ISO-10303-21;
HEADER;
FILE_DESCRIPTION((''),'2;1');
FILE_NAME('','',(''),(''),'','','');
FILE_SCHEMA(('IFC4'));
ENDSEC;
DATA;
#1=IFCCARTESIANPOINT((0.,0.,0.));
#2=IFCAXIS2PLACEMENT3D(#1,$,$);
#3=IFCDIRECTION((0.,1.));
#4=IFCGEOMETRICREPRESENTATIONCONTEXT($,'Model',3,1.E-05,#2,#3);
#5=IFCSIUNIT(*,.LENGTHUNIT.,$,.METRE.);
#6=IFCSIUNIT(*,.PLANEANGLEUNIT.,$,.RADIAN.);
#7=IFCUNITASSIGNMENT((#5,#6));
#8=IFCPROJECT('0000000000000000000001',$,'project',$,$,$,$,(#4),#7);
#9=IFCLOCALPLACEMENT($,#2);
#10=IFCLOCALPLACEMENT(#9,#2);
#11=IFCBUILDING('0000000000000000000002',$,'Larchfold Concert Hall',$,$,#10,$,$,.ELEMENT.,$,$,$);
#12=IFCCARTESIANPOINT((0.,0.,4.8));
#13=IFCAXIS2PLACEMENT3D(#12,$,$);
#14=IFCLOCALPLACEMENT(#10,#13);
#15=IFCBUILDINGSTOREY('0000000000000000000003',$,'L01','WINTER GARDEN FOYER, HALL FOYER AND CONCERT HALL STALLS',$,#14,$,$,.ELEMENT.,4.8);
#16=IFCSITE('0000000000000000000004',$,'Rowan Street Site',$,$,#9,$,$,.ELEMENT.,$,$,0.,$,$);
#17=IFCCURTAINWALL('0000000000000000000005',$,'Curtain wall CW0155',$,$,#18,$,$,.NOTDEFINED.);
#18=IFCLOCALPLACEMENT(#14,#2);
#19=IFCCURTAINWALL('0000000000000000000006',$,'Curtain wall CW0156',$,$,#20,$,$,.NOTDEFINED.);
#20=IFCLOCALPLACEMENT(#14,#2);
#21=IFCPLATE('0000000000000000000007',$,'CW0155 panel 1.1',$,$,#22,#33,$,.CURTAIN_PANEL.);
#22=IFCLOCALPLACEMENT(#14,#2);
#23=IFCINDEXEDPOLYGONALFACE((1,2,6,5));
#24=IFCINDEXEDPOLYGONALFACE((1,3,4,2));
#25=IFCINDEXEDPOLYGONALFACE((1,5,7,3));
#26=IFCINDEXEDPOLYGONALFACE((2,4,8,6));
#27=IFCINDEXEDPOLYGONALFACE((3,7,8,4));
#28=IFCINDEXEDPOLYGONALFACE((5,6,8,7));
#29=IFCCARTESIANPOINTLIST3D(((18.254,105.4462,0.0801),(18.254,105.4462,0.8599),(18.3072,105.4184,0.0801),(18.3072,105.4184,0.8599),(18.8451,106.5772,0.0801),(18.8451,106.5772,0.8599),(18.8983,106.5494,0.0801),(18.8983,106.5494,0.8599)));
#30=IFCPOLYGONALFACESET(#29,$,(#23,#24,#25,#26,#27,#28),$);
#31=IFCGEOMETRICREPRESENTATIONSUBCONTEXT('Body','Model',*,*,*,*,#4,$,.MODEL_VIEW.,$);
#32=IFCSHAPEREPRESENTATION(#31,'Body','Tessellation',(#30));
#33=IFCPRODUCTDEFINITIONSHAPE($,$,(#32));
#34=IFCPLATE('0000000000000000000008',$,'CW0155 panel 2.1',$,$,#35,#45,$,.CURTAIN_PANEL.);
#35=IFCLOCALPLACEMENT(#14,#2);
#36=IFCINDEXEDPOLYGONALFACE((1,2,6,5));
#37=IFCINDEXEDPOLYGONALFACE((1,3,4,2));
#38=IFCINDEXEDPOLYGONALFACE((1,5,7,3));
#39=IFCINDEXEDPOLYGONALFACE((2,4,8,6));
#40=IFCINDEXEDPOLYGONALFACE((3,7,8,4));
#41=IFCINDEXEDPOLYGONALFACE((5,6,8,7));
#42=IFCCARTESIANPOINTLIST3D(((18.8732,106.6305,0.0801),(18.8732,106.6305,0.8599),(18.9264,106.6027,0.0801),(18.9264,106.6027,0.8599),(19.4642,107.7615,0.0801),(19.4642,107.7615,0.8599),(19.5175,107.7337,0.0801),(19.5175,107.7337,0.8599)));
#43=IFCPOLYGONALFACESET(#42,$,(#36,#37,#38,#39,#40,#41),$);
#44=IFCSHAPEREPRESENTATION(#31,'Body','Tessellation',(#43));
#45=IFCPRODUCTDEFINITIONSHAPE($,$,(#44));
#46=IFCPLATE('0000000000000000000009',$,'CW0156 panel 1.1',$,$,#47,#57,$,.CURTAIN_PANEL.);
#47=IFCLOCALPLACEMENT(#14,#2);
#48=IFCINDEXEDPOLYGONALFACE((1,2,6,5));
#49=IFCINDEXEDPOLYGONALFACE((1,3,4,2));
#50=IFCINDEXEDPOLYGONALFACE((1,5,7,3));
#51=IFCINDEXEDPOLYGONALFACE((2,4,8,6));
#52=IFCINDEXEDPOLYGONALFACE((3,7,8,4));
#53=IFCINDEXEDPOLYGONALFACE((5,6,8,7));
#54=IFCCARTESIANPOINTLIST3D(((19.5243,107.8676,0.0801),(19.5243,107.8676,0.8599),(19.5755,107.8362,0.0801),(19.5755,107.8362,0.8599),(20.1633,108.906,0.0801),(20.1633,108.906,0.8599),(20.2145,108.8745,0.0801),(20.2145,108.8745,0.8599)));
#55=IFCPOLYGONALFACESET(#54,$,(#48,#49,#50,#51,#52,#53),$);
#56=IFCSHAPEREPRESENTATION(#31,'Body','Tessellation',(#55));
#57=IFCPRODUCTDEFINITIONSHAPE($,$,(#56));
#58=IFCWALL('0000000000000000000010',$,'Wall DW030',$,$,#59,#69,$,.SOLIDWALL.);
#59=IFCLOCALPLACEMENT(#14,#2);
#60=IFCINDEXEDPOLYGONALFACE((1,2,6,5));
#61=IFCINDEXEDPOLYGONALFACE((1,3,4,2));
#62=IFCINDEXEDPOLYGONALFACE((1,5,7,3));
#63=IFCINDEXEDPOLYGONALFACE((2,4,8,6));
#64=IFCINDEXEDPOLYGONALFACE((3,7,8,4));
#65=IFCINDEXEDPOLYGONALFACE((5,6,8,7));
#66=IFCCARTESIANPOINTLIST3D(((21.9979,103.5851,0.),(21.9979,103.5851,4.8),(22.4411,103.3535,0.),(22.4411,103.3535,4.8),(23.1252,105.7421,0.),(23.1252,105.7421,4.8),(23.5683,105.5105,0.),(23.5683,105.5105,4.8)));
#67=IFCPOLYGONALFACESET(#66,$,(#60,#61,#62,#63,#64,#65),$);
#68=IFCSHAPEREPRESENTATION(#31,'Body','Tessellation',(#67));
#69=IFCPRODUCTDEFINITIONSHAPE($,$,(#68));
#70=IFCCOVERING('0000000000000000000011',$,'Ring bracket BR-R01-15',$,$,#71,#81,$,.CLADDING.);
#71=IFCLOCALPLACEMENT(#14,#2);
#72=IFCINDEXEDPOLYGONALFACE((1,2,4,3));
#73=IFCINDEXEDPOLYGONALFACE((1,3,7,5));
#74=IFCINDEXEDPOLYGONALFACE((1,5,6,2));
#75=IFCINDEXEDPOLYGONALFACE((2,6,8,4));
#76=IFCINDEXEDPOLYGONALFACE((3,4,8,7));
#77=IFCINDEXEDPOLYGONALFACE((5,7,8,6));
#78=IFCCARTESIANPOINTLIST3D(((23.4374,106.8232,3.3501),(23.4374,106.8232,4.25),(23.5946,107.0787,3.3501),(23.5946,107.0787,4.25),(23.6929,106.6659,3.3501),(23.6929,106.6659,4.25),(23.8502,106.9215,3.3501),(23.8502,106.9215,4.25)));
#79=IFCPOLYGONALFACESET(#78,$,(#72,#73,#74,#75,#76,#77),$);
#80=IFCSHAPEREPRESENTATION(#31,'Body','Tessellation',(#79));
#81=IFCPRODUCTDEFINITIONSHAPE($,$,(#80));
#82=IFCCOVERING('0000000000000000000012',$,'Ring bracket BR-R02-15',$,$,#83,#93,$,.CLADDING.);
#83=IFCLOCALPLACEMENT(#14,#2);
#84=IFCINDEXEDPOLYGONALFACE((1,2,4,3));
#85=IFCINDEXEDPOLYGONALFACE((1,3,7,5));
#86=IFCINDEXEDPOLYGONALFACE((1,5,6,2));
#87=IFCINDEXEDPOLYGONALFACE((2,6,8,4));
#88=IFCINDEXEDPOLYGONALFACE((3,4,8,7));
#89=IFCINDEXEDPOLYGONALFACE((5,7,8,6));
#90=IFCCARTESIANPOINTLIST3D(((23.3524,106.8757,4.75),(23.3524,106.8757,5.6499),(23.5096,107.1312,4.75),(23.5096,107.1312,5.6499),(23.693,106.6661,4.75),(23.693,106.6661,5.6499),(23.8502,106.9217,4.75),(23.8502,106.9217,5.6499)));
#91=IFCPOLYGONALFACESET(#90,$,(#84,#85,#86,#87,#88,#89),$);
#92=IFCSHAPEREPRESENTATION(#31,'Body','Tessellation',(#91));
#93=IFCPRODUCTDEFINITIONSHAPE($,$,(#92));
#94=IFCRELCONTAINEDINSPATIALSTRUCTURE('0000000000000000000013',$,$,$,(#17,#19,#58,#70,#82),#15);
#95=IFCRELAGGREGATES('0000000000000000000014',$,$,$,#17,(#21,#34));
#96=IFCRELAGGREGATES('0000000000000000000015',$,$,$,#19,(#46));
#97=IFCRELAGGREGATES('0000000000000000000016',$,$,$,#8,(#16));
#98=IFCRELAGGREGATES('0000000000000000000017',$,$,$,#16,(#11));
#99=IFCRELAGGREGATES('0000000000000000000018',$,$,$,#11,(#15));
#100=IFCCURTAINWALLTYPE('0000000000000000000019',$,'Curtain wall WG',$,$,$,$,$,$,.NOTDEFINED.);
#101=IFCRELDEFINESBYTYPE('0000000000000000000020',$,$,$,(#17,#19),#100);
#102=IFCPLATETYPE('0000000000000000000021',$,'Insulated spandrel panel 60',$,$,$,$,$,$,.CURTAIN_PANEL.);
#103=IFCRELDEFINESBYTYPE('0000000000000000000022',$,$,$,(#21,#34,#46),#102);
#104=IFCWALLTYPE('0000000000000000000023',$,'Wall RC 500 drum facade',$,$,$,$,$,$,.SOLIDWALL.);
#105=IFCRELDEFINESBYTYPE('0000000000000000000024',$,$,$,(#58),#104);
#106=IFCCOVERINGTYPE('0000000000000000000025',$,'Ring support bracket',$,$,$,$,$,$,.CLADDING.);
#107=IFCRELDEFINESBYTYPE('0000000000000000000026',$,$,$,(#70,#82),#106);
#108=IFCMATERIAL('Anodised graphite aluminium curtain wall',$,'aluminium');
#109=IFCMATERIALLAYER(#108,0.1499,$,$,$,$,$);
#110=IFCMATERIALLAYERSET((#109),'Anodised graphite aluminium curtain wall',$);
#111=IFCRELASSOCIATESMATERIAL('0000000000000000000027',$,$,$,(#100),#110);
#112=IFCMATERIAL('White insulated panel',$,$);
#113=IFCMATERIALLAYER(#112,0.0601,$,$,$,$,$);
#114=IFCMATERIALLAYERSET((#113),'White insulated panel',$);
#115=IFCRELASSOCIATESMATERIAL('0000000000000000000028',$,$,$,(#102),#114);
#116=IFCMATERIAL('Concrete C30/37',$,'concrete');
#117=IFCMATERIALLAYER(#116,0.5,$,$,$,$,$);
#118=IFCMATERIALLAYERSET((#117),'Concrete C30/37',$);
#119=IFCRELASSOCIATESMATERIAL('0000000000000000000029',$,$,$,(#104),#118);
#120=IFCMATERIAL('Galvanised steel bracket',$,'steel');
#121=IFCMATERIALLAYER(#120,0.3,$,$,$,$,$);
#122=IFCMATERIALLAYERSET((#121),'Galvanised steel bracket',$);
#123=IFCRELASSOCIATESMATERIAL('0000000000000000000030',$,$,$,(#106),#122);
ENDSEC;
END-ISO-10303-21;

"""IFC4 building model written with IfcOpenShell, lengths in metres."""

from ifc_helpers import new_model, si_unit, direction, frame, frame_2d, origin, origin_2d, place, context, subcontext, project, spatial, rectangle, extrude, material, layer, layer_set, type_object, element, aggregate, save


model = new_model("IFC4")

# Units and contexts
model_context = context("Model", 3, precision=1e-05, world=origin(), true_north=direction((0.0, 1.0)))
body_context = subcontext(model_context, "Body", "Model", "MODEL_VIEW")
ifc_project = project(units=[si_unit("LENGTHUNIT", "METRE"), si_unit("PLANEANGLEUNIT", "RADIAN")], contexts=[model_context])

# Site, building, storey
site_placement = place(None, origin())
site = spatial("IfcSite", under=ifc_project, at=site_placement, Name="Rowan Street Site", CompositionType="ELEMENT", RefElevation=0.0)
building_placement = place(site_placement, origin())
building = spatial("IfcBuilding", under=site, at=building_placement, Name="Larchfold Concert Hall", CompositionType="ELEMENT")
storey_placement = place(building_placement, frame((0.0, 0.0, 4.8)))
storey = spatial("IfcBuildingStorey", under=building, at=storey_placement, Name="L01", Description="WINTER GARDEN FOYER, HALL FOYER AND CONCERT HALL STALLS", CompositionType="ELEMENT", Elevation=4.8)

# Shared definitions
ifc_material_1 = material(Name="Anodised graphite aluminium curtain wall", Category="aluminium")
ifc_layer_1 = layer(ifc_material_1, 0.1499)
ifc_layer_set_1 = layer_set([ifc_layer_1], Name="Anodised graphite aluminium curtain wall")
curtain_wall_type = type_object("IfcCurtainWallType", Name="Curtain wall WG", PredefinedType="NOTDEFINED", material=ifc_layer_set_1)

# Curtain walls
curtain_wall_1_placement = place(storey_placement, origin())
curtain_wall_1 = element("IfcCurtainWall", 1, at=curtain_wall_1_placement, inside=storey, type_object=curtain_wall_type, Name="Curtain wall CW0155", PredefinedType="NOTDEFINED")
curtain_wall_2_placement = place(storey_placement, origin())
curtain_wall_2 = element("IfcCurtainWall", 2, at=curtain_wall_2_placement, inside=storey, type_object=curtain_wall_type, Name="Curtain wall CW0156", PredefinedType="NOTDEFINED")

# Plates
ifc_material_2 = material(Name="White insulated panel")
ifc_layer_2 = layer(ifc_material_2, 0.0601)
ifc_layer_set_2 = layer_set([ifc_layer_2], Name="White insulated panel")
plate_type_1 = type_object("IfcPlateType", Name="Insulated spandrel panel 60", PredefinedType="CURTAIN_PANEL", material=ifc_layer_set_2)
plate_1_placement = place(storey_placement, frame((18.5762, 105.9978, 0.0801), z_axis=(0.0, 0.0, 1.0), x_axis=(0.463189, 0.88626, 0.0)))
plate_1 = element("IfcPlate", 3, at=plate_1_placement, type_object=plate_type_1, Name="CW0155 panel 1.1", PredefinedType="CURTAIN_PANEL", context=body_context, shape_type="SweptSolid", body=[
    extrude(rectangle(XDim=1.2761, YDim=0.0601, at=origin_2d()), origin(), (0.0, 0.0, 1.0), 0.7798),
])
plate_2_placement = place(storey_placement, frame((19.1953, 107.1821, 0.0801), z_axis=(0.0, 0.0, 1.0), x_axis=(0.463189, 0.88626, 0.0)))
plate_2 = element("IfcPlate", 4, at=plate_2_placement, type_object=plate_type_1, Name="CW0155 panel 2.1", PredefinedType="CURTAIN_PANEL", context=body_context, shape_type="SweptSolid", body=[
    extrude(rectangle(XDim=1.2761, YDim=0.0601, at=origin_2d()), origin(), (0.0, 0.0, 1.0), 0.7798),
])
aggregate(curtain_wall_1, [plate_1, plate_2])
plate_3_placement = place(storey_placement, frame((19.8694, 108.3711, 0.0801), z_axis=(0.0, 0.0, 1.0), x_axis=(0.524103, 0.851655, 0.0)))
plate_3 = element("IfcPlate", 5, at=plate_3_placement, type_object=plate_type_1, Name="CW0156 panel 1.1", PredefinedType="CURTAIN_PANEL", context=body_context, shape_type="SweptSolid", body=[
    extrude(rectangle(XDim=1.2192, YDim=0.0601, at=origin_2d()), origin(), (0.0, 0.0, 1.0), 0.7798),
])
aggregate(curtain_wall_2, [plate_3])

# Wall
ifc_material_3 = material(Name="Concrete C30/37", Category="concrete")
ifc_layer_3 = layer(ifc_material_3, 0.5)
ifc_layer_set_3 = layer_set([ifc_layer_3], Name="Concrete C30/37")
wall_type = type_object("IfcWallType", Name="Wall RC 500 drum facade", PredefinedType="SOLIDWALL", material=ifc_layer_set_3)
wall_placement = place(storey_placement, frame((23.3467, 105.6262, 0.0), z_axis=(0.0, 0.0, 1.0), x_axis=(-0.463152, -0.886279, 0.0)))
element("IfcWall", 6, at=wall_placement, inside=storey, type_object=wall_type, Name="Wall DW030", PredefinedType="SOLIDWALL", context=body_context, shape_type="SweptSolid", body=[
    extrude(rectangle(XDim=2.4338, YDim=0.5, at=frame_2d((1.2168, 0.0))), origin(), (0.0, 0.0, 1.0), 4.8),
])

# Coverings
ifc_material_4 = material(Name="Galvanised steel bracket", Category="steel")
ifc_layer_4 = layer(ifc_material_4, 0.3)
ifc_layer_set_4 = layer_set([ifc_layer_4], Name="Galvanised steel bracket")
covering_type = type_object("IfcCoveringType", Name="Ring support bracket", PredefinedType="CLADDING", material=ifc_layer_set_4)
covering_1_placement = place(storey_placement, frame((23.6438, 106.8723, 3.3501), z_axis=(0.0, 0.0, 1.0), x_axis=(-0.851675, 0.52407, 0.0)))
element("IfcCovering", 7, at=covering_1_placement, inside=storey, type_object=covering_type, Name="Ring bracket BR-R01-15", PredefinedType="CLADDING", context=body_context, shape_type="SweptSolid", body=[
    extrude(rectangle(XDim=0.3, YDim=0.3, at=origin_2d()), origin(), (0.0, 0.0, 1.0), 0.8999),
])
covering_2_placement = place(storey_placement, frame((23.6013, 106.8987, 4.75), z_axis=(0.0, 0.0, 1.0), x_axis=(-0.851675, 0.52407, 0.0)))
element("IfcCovering", 8, at=covering_2_placement, inside=storey, type_object=covering_type, Name="Ring bracket BR-R02-15", PredefinedType="CLADDING", context=body_context, shape_type="SweptSolid", body=[
    extrude(rectangle(XDim=0.3999, YDim=0.3, at=origin_2d()), origin(), (0.0, 0.0, 1.0), 0.8999),
])

save(model, "model.ifc")
